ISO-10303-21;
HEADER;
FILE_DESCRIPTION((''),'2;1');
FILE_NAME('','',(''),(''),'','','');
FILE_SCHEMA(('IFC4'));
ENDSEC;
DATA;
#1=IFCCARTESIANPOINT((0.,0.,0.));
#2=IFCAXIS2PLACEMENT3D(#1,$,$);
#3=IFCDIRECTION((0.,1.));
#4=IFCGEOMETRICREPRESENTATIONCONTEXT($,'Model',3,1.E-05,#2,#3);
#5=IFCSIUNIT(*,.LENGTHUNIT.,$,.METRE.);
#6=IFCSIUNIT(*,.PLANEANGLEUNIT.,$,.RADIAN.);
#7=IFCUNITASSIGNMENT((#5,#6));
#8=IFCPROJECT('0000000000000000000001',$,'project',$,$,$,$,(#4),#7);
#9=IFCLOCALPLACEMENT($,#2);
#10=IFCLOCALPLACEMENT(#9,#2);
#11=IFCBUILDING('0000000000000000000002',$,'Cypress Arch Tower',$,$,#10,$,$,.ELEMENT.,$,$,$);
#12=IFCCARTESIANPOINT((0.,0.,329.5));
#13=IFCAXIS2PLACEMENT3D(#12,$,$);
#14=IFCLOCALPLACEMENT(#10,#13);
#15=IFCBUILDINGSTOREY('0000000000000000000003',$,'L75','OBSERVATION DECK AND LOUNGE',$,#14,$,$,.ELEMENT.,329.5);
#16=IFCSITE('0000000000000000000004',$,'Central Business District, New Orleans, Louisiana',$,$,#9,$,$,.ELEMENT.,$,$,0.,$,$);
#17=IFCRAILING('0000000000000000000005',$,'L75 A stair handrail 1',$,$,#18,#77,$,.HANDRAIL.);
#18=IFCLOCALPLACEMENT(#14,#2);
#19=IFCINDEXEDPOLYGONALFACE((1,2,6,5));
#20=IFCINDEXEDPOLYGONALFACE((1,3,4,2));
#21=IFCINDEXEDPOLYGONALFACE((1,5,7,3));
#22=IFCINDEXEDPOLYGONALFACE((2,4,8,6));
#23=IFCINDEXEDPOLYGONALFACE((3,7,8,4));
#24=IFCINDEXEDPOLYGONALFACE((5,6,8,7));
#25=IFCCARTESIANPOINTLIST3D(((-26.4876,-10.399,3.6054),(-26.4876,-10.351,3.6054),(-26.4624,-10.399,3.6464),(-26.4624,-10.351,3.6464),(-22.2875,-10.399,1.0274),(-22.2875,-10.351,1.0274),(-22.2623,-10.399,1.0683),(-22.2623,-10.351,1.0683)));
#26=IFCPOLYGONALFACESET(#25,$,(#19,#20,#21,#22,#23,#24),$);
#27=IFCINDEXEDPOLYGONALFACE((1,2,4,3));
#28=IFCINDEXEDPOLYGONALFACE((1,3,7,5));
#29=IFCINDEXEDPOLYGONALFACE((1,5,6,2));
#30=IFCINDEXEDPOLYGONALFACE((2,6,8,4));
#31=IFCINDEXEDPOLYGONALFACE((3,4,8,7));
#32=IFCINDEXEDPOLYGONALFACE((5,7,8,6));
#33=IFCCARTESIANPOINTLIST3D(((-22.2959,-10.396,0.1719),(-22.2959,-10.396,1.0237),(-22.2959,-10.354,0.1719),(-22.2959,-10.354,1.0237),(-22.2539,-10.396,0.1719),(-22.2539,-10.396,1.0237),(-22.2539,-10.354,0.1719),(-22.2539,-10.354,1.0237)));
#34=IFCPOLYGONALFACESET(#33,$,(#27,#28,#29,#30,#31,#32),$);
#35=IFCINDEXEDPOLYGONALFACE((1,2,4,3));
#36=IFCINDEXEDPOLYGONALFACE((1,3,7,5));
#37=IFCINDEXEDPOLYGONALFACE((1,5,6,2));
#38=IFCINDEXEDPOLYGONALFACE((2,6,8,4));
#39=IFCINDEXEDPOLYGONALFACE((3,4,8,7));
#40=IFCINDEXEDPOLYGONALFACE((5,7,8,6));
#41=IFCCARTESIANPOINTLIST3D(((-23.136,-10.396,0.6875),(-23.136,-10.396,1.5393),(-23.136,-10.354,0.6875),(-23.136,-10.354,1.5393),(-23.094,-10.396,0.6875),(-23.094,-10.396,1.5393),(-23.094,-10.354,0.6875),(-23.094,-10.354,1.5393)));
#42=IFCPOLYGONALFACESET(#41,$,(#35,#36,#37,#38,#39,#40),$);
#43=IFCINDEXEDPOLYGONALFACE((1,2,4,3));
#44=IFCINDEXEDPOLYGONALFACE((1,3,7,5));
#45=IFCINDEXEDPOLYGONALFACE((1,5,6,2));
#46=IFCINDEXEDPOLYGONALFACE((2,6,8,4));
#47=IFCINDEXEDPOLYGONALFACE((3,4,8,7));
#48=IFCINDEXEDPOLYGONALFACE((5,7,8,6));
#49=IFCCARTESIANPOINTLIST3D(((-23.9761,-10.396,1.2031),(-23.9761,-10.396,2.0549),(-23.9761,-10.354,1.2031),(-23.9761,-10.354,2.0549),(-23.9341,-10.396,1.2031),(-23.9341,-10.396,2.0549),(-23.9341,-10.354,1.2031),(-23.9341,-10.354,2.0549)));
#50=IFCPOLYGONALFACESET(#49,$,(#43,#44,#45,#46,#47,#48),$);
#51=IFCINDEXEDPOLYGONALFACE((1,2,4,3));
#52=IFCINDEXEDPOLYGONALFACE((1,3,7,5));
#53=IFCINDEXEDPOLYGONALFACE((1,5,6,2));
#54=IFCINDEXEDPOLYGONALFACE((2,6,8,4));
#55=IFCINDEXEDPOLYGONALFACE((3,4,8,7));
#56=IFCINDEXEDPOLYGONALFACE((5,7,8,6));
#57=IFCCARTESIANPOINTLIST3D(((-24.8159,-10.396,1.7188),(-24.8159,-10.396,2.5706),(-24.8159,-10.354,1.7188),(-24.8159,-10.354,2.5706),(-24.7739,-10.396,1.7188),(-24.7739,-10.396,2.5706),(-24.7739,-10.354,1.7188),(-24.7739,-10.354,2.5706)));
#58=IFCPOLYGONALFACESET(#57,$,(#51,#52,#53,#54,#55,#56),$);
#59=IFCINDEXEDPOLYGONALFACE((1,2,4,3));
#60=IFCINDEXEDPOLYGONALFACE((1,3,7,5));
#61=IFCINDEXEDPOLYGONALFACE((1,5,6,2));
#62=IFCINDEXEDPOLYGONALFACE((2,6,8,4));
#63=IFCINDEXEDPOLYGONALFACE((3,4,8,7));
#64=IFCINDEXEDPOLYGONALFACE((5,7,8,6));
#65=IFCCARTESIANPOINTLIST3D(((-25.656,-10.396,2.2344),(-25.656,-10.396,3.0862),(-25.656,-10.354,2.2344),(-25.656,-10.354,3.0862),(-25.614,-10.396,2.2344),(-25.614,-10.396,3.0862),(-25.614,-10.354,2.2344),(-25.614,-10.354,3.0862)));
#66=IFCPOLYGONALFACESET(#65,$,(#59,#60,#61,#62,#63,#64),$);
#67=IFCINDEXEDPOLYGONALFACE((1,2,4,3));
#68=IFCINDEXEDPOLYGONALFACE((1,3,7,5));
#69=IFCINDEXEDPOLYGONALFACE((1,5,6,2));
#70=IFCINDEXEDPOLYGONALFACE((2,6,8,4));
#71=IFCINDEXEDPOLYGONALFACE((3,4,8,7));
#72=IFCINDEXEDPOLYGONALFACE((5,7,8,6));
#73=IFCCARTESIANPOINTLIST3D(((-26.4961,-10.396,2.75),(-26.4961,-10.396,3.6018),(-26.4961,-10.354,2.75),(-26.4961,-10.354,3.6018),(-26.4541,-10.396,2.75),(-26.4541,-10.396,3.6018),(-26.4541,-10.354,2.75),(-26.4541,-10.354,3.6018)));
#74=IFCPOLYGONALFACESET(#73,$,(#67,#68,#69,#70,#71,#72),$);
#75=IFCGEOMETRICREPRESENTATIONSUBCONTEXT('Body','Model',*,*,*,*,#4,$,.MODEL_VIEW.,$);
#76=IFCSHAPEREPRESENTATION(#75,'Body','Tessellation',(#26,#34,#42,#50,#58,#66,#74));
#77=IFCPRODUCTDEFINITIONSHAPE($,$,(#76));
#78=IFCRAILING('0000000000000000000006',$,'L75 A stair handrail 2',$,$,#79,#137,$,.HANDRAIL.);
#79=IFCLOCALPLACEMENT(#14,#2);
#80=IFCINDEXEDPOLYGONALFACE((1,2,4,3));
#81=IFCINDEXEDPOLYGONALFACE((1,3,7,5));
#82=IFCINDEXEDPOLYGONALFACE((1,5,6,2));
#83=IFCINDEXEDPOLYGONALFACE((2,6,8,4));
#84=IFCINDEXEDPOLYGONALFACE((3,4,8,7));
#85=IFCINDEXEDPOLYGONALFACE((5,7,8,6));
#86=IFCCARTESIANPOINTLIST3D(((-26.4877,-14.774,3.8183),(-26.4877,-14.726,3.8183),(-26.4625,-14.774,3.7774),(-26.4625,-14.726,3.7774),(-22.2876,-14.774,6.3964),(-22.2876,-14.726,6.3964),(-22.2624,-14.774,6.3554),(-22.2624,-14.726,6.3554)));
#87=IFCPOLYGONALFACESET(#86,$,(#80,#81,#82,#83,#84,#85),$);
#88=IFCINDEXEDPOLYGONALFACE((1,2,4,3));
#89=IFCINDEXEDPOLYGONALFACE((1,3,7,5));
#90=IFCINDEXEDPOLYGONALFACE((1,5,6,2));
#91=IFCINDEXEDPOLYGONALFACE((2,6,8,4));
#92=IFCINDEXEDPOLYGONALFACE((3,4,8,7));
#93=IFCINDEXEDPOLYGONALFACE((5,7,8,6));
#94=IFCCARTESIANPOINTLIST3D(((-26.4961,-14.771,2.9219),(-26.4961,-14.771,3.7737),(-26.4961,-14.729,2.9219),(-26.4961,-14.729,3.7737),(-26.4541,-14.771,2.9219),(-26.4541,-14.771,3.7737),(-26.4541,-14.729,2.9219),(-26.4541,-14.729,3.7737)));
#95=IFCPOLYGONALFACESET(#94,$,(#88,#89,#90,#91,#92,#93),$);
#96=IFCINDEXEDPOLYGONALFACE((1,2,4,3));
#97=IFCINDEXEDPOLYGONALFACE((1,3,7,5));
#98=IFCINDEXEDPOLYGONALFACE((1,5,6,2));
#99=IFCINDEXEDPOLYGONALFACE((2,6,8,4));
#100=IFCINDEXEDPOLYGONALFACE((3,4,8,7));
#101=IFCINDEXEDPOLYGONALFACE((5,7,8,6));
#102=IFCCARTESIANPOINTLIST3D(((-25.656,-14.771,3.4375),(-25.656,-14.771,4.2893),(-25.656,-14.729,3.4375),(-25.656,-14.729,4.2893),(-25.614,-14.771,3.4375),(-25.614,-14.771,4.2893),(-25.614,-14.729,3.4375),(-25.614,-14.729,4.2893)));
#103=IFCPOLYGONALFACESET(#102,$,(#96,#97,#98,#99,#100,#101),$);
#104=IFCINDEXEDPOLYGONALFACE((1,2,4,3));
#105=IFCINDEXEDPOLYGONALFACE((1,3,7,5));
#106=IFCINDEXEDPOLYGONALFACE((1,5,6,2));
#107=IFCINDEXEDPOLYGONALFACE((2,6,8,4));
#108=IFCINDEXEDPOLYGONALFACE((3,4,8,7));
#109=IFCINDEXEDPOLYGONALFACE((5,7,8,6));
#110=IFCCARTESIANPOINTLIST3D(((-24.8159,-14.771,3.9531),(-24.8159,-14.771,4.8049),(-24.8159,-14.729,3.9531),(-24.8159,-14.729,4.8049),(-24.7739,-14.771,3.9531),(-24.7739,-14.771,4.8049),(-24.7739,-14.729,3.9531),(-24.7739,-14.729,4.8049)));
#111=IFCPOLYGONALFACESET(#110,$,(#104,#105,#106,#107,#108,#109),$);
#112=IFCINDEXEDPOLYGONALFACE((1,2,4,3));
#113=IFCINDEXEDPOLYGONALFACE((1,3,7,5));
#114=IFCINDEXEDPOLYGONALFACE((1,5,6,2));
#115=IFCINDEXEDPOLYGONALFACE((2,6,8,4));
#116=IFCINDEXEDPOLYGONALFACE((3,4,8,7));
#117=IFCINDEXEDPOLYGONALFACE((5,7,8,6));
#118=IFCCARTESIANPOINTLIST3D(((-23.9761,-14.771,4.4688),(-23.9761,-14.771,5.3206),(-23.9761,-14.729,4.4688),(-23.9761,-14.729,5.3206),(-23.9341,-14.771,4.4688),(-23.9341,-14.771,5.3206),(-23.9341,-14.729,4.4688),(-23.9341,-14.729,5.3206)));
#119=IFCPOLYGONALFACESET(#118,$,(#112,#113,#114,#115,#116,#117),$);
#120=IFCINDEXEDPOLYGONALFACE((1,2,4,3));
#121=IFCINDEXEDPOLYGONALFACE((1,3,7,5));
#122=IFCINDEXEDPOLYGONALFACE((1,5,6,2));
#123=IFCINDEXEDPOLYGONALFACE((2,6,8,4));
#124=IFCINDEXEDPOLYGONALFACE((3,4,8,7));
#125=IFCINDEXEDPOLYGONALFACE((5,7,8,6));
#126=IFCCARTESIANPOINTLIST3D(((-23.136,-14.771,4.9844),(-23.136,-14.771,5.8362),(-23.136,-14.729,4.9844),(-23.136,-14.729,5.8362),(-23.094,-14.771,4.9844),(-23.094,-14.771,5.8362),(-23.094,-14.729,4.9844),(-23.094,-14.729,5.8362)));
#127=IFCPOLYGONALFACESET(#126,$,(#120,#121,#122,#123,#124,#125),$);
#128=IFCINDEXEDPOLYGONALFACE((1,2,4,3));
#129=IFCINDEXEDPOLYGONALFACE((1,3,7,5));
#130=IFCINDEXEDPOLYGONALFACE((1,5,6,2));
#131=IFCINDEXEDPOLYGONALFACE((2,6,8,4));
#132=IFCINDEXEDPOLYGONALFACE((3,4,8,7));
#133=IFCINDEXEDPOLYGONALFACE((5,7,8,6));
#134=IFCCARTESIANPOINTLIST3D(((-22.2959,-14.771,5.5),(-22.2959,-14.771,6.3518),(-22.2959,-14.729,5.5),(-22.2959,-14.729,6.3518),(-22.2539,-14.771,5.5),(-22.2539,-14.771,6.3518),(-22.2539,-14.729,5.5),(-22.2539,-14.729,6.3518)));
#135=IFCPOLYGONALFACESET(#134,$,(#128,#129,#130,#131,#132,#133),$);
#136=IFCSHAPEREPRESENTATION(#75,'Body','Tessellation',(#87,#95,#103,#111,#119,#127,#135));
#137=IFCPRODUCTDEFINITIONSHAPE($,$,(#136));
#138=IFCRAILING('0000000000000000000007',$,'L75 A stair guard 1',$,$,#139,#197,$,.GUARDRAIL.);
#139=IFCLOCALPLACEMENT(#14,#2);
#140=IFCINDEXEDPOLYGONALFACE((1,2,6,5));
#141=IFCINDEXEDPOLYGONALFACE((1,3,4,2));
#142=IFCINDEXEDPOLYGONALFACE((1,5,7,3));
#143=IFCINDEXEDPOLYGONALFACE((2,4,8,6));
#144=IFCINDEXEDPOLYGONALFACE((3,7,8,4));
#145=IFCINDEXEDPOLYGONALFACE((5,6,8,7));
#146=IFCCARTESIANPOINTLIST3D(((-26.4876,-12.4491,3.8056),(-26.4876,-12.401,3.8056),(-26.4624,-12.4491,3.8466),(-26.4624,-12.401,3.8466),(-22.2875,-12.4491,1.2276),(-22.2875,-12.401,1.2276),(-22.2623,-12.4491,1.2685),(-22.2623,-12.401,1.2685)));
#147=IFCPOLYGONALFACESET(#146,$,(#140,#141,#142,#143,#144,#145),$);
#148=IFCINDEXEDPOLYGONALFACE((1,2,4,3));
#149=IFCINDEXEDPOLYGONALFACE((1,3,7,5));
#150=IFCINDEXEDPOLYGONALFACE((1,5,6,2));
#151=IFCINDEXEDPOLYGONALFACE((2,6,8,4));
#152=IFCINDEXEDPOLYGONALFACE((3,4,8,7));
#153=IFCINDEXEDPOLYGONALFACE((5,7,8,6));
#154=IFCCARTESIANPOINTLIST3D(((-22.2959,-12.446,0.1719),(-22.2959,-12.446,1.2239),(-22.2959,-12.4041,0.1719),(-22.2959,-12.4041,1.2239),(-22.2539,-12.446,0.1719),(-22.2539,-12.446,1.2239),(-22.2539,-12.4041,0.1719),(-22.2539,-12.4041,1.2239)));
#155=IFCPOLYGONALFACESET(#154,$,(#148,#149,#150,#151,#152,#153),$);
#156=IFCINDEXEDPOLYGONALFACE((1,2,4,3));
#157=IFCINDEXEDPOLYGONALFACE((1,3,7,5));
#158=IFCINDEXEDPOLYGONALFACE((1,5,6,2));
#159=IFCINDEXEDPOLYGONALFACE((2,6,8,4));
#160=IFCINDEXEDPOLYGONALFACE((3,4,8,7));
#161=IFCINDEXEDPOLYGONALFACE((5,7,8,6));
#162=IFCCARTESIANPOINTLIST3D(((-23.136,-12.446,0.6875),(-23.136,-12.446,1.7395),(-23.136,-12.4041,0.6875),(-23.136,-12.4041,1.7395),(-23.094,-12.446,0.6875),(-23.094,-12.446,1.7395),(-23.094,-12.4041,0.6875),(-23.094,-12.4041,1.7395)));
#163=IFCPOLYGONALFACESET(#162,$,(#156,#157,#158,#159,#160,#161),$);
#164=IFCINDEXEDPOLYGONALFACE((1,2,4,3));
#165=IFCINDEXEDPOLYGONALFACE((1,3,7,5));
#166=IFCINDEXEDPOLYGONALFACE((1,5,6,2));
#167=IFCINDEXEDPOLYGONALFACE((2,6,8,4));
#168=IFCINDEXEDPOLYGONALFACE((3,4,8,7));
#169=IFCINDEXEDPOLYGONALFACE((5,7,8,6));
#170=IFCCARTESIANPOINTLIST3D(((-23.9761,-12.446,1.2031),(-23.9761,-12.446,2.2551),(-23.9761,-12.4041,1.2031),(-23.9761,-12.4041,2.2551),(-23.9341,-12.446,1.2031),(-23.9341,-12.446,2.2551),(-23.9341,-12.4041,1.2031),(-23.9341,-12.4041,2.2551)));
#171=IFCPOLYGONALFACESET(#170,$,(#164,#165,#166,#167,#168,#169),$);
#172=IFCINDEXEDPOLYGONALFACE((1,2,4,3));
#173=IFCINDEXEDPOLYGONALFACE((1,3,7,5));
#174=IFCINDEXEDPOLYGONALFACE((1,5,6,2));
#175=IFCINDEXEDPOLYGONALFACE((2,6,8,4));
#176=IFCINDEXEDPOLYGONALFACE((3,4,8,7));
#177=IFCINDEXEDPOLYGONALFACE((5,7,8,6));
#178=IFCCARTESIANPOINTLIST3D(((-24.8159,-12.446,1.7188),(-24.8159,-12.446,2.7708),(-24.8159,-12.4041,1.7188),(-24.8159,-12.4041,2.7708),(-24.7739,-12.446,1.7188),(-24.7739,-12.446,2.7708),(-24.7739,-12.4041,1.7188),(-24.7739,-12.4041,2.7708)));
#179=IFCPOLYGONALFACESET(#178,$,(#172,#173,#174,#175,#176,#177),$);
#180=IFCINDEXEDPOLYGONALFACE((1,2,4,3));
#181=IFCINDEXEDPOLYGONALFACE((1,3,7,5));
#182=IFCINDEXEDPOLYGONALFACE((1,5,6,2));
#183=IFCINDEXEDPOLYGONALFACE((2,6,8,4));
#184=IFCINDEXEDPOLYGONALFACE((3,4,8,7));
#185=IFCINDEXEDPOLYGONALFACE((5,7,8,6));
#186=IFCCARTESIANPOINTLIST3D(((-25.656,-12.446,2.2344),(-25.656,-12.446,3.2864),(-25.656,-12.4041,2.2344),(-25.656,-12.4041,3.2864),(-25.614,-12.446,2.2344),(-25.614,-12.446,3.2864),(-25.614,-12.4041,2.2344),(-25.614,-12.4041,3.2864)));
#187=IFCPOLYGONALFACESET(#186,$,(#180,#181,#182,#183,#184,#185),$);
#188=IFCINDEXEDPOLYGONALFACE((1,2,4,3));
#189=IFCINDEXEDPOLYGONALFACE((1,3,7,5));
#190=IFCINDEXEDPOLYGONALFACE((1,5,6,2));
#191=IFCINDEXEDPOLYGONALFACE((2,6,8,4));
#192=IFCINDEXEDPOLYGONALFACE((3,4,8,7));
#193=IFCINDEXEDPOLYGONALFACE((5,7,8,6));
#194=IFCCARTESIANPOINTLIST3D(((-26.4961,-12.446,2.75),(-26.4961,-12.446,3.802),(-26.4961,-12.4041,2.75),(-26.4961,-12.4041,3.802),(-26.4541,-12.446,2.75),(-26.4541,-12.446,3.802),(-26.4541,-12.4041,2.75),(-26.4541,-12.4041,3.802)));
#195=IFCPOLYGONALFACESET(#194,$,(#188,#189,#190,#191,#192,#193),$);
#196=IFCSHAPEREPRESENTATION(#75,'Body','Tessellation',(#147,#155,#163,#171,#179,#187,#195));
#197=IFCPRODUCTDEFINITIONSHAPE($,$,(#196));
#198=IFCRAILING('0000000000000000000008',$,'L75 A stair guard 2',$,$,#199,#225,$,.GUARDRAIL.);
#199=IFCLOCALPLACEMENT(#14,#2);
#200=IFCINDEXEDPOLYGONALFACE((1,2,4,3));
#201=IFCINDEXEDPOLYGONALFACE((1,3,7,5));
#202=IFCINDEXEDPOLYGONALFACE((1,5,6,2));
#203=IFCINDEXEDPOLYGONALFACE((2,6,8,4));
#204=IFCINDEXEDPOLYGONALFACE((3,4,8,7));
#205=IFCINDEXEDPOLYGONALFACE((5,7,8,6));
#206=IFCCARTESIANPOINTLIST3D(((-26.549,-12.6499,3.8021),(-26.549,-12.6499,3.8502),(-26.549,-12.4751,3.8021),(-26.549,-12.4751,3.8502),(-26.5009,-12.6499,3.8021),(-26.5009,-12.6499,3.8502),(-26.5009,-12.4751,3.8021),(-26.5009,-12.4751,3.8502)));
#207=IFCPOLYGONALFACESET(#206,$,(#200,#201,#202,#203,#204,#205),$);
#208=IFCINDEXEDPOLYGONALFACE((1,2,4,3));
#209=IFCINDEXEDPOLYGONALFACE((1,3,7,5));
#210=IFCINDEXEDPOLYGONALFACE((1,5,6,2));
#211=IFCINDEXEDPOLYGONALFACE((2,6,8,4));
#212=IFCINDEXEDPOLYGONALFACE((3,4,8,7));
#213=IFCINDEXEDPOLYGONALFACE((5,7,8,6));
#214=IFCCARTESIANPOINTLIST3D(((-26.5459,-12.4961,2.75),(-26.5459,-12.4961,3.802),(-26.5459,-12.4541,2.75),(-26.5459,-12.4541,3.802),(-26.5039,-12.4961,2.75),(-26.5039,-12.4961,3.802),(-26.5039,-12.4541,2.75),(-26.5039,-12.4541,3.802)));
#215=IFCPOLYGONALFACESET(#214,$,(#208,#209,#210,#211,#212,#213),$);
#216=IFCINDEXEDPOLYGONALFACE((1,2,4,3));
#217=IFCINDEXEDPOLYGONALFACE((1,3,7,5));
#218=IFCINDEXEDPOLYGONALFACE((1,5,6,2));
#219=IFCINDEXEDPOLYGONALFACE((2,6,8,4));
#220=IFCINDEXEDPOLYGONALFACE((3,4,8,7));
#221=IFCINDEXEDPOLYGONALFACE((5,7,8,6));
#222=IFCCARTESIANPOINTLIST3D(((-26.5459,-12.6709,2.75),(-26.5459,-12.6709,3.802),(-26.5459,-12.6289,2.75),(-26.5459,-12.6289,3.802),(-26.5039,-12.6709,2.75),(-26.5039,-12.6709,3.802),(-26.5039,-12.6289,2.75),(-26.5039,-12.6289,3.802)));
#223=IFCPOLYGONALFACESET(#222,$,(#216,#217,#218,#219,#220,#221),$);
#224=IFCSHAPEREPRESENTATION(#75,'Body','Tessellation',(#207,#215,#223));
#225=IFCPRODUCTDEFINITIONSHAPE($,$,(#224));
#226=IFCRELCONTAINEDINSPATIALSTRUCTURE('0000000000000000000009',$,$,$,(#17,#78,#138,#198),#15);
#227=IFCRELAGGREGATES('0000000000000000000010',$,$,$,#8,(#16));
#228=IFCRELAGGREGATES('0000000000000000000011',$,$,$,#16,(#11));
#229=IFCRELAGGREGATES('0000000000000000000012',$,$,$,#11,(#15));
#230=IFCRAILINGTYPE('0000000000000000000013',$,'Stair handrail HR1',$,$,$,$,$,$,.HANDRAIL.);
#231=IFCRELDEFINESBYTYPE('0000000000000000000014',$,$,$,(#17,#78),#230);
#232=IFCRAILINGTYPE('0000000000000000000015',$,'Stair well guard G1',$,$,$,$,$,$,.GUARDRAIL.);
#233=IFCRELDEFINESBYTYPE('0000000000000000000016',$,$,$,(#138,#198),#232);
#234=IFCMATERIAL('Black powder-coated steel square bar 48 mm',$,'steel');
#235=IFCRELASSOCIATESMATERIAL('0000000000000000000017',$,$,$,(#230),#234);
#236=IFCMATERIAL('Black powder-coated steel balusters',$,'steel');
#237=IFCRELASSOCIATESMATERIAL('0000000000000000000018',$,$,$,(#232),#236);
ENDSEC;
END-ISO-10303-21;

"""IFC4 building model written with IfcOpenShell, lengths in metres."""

from ifc_helpers import new_model, si_unit, direction, frame, origin, origin_2d, place, context, subcontext, project, spatial, rectangle, extrude, material, type_object, element, save


model = new_model("IFC4")

# Units and contexts
model_context = context("Model", 3, precision=1e-05, world=origin(), true_north=direction((0.0, 1.0)))
body_context = subcontext(model_context, "Body", "Model", "MODEL_VIEW")
ifc_project = project(units=[si_unit("LENGTHUNIT", "METRE"), si_unit("PLANEANGLEUNIT", "RADIAN")], contexts=[model_context])

# Site, building, storey
site_placement = place(None, origin())
site = spatial("IfcSite", under=ifc_project, at=site_placement, Name="Central Business District, New Orleans, Louisiana", CompositionType="ELEMENT", RefElevation=0.0)
building_placement = place(site_placement, origin())
building = spatial("IfcBuilding", under=site, at=building_placement, Name="Cypress Arch Tower", CompositionType="ELEMENT")
storey_placement = place(building_placement, frame((0.0, 0.0, 329.5)))
storey = spatial("IfcBuildingStorey", under=building, at=storey_placement, Name="L75", Description="OBSERVATION DECK AND LOUNGE", CompositionType="ELEMENT", Elevation=329.5)

# Railings
ifc_material_1 = material(Name="Black powder-coated steel square bar 48 mm", Category="steel")
railing_type_1 = type_object("IfcRailingType", Name="Stair handrail HR1", PredefinedType="HANDRAIL", material=ifc_material_1)
railing_1_placement = place(storey_placement, frame((-22.2749, -10.375, 0.1719)))
element("IfcRailing", 1, at=railing_1_placement, inside=storey, type_object=railing_type_1, Name="L75 A stair handrail 1", PredefinedType="HANDRAIL", context=body_context, shape_type="SweptSolid", body=[
    extrude(rectangle(XDim=0.0481, YDim=0.0481, at=origin_2d()), frame((0.0, 0.0, 0.876), z_axis=(-0.852256, 0.0, 0.523124), x_axis=(0.0, -1.0, 0.0)), (0.0, 0.0, 1.0), 4.9282),
    extrude(rectangle(XDim=0.042, YDim=0.042, at=origin_2d()), origin(), (0.0, 0.0, 1.0), 0.8518),
    extrude(rectangle(XDim=0.042, YDim=0.042, at=origin_2d()), frame((-0.8401, 0.0, 0.5156)), (0.0, 0.0, 1.0), 0.8518),
    extrude(rectangle(XDim=0.042, YDim=0.042, at=origin_2d()), frame((-1.6802, 0.0, 1.0312)), (0.0, 0.0, 1.0), 0.8518),
    extrude(rectangle(XDim=0.042, YDim=0.042, at=origin_2d()), frame((-2.52, 0.0, 1.5469)), (0.0, 0.0, 1.0), 0.8518),
    extrude(rectangle(XDim=0.042, YDim=0.042, at=origin_2d()), frame((-3.3601, 0.0, 2.0625)), (0.0, 0.0, 1.0), 0.8518),
    extrude(rectangle(XDim=0.042, YDim=0.042, at=origin_2d()), frame((-4.2002, 0.0, 2.5781)), (0.0, 0.0, 1.0), 0.8518),
])
railing_2_placement = place(storey_placement, frame((-26.4751, -14.75, 2.9219)))
element("IfcRailing", 2, at=railing_2_placement, inside=storey, type_object=railing_type_1, Name="L75 A stair handrail 2", PredefinedType="HANDRAIL", context=body_context, shape_type="SweptSolid", body=[
    extrude(rectangle(XDim=0.0481, YDim=0.0481, at=origin_2d()), frame((0.0, 0.0, 0.876), z_axis=(0.852256, 0.0, 0.523124), x_axis=(0.0, 1.0, 0.0)), (0.0, 0.0, 1.0), 4.9282),
    extrude(rectangle(XDim=0.042, YDim=0.042, at=origin_2d()), origin(), (0.0, 0.0, 1.0), 0.8518),
    extrude(rectangle(XDim=0.042, YDim=0.042, at=origin_2d()), frame((0.8401, 0.0, 0.5156)), (0.0, 0.0, 1.0), 0.8518),
    extrude(rectangle(XDim=0.042, YDim=0.042, at=origin_2d()), frame((1.6802, 0.0, 1.0312)), (0.0, 0.0, 1.0), 0.8518),
    extrude(rectangle(XDim=0.042, YDim=0.042, at=origin_2d()), frame((2.52, 0.0, 1.5469)), (0.0, 0.0, 1.0), 0.8518),
    extrude(rectangle(XDim=0.042, YDim=0.042, at=origin_2d()), frame((3.3601, 0.0, 2.0625)), (0.0, 0.0, 1.0), 0.8518),
    extrude(rectangle(XDim=0.042, YDim=0.042, at=origin_2d()), frame((4.2002, 0.0, 2.5781)), (0.0, 0.0, 1.0), 0.8518),
])
ifc_material_2 = material(Name="Black powder-coated steel balusters", Category="steel")
railing_type_2 = type_object("IfcRailingType", Name="Stair well guard G1", PredefinedType="GUARDRAIL", material=ifc_material_2)
railing_3_placement = place(storey_placement, frame((-22.2749, -12.425, 0.1719)))
element("IfcRailing", 3, at=railing_3_placement, inside=storey, type_object=railing_type_2, Name="L75 A stair guard 1", PredefinedType="GUARDRAIL", context=body_context, shape_type="SweptSolid", body=[
    extrude(rectangle(XDim=0.0481, YDim=0.0481, at=origin_2d()), frame((0.0, 0.0, 1.0762), z_axis=(-0.852256, 0.0, 0.523124), x_axis=(0.0, -1.0, 0.0)), (0.0, 0.0, 1.0), 4.9282),
    extrude(rectangle(XDim=0.042, YDim=0.042, at=origin_2d()), origin(), (0.0, 0.0, 1.0), 1.052),
    extrude(rectangle(XDim=0.042, YDim=0.042, at=origin_2d()), frame((-0.8401, 0.0, 0.5156)), (0.0, 0.0, 1.0), 1.052),
    extrude(rectangle(XDim=0.042, YDim=0.042, at=origin_2d()), frame((-1.6802, 0.0, 1.0312)), (0.0, 0.0, 1.0), 1.052),
    extrude(rectangle(XDim=0.042, YDim=0.042, at=origin_2d()), frame((-2.52, 0.0, 1.5469)), (0.0, 0.0, 1.0), 1.052),
    extrude(rectangle(XDim=0.042, YDim=0.042, at=origin_2d()), frame((-3.3601, 0.0, 2.0625)), (0.0, 0.0, 1.0), 1.052),
    extrude(rectangle(XDim=0.042, YDim=0.042, at=origin_2d()), frame((-4.2002, 0.0, 2.5781)), (0.0, 0.0, 1.0), 1.052),
])
railing_4_placement = place(storey_placement, frame((-26.5249, -12.4751, 2.75)))
element("IfcRailing", 4, at=railing_4_placement, inside=storey, type_object=railing_type_2, Name="L75 A stair guard 2", PredefinedType="GUARDRAIL", context=body_context, shape_type="SweptSolid", body=[
    extrude(rectangle(XDim=0.0481, YDim=0.0481, at=origin_2d()), frame((0.0, 0.0, 1.0762), z_axis=(0.0, -1.0, 0.0), x_axis=(1.0, 0.0, 0.0)), (0.0, 0.0, 1.0), 0.1748),
    extrude(rectangle(XDim=0.042, YDim=0.042, at=origin_2d()), origin(), (0.0, 0.0, 1.0), 1.052),
    extrude(rectangle(XDim=0.042, YDim=0.042, at=origin_2d()), frame((0.0, -0.1748, 0.0)), (0.0, 0.0, 1.0), 1.052),
])

save(model, "model.ifc")
